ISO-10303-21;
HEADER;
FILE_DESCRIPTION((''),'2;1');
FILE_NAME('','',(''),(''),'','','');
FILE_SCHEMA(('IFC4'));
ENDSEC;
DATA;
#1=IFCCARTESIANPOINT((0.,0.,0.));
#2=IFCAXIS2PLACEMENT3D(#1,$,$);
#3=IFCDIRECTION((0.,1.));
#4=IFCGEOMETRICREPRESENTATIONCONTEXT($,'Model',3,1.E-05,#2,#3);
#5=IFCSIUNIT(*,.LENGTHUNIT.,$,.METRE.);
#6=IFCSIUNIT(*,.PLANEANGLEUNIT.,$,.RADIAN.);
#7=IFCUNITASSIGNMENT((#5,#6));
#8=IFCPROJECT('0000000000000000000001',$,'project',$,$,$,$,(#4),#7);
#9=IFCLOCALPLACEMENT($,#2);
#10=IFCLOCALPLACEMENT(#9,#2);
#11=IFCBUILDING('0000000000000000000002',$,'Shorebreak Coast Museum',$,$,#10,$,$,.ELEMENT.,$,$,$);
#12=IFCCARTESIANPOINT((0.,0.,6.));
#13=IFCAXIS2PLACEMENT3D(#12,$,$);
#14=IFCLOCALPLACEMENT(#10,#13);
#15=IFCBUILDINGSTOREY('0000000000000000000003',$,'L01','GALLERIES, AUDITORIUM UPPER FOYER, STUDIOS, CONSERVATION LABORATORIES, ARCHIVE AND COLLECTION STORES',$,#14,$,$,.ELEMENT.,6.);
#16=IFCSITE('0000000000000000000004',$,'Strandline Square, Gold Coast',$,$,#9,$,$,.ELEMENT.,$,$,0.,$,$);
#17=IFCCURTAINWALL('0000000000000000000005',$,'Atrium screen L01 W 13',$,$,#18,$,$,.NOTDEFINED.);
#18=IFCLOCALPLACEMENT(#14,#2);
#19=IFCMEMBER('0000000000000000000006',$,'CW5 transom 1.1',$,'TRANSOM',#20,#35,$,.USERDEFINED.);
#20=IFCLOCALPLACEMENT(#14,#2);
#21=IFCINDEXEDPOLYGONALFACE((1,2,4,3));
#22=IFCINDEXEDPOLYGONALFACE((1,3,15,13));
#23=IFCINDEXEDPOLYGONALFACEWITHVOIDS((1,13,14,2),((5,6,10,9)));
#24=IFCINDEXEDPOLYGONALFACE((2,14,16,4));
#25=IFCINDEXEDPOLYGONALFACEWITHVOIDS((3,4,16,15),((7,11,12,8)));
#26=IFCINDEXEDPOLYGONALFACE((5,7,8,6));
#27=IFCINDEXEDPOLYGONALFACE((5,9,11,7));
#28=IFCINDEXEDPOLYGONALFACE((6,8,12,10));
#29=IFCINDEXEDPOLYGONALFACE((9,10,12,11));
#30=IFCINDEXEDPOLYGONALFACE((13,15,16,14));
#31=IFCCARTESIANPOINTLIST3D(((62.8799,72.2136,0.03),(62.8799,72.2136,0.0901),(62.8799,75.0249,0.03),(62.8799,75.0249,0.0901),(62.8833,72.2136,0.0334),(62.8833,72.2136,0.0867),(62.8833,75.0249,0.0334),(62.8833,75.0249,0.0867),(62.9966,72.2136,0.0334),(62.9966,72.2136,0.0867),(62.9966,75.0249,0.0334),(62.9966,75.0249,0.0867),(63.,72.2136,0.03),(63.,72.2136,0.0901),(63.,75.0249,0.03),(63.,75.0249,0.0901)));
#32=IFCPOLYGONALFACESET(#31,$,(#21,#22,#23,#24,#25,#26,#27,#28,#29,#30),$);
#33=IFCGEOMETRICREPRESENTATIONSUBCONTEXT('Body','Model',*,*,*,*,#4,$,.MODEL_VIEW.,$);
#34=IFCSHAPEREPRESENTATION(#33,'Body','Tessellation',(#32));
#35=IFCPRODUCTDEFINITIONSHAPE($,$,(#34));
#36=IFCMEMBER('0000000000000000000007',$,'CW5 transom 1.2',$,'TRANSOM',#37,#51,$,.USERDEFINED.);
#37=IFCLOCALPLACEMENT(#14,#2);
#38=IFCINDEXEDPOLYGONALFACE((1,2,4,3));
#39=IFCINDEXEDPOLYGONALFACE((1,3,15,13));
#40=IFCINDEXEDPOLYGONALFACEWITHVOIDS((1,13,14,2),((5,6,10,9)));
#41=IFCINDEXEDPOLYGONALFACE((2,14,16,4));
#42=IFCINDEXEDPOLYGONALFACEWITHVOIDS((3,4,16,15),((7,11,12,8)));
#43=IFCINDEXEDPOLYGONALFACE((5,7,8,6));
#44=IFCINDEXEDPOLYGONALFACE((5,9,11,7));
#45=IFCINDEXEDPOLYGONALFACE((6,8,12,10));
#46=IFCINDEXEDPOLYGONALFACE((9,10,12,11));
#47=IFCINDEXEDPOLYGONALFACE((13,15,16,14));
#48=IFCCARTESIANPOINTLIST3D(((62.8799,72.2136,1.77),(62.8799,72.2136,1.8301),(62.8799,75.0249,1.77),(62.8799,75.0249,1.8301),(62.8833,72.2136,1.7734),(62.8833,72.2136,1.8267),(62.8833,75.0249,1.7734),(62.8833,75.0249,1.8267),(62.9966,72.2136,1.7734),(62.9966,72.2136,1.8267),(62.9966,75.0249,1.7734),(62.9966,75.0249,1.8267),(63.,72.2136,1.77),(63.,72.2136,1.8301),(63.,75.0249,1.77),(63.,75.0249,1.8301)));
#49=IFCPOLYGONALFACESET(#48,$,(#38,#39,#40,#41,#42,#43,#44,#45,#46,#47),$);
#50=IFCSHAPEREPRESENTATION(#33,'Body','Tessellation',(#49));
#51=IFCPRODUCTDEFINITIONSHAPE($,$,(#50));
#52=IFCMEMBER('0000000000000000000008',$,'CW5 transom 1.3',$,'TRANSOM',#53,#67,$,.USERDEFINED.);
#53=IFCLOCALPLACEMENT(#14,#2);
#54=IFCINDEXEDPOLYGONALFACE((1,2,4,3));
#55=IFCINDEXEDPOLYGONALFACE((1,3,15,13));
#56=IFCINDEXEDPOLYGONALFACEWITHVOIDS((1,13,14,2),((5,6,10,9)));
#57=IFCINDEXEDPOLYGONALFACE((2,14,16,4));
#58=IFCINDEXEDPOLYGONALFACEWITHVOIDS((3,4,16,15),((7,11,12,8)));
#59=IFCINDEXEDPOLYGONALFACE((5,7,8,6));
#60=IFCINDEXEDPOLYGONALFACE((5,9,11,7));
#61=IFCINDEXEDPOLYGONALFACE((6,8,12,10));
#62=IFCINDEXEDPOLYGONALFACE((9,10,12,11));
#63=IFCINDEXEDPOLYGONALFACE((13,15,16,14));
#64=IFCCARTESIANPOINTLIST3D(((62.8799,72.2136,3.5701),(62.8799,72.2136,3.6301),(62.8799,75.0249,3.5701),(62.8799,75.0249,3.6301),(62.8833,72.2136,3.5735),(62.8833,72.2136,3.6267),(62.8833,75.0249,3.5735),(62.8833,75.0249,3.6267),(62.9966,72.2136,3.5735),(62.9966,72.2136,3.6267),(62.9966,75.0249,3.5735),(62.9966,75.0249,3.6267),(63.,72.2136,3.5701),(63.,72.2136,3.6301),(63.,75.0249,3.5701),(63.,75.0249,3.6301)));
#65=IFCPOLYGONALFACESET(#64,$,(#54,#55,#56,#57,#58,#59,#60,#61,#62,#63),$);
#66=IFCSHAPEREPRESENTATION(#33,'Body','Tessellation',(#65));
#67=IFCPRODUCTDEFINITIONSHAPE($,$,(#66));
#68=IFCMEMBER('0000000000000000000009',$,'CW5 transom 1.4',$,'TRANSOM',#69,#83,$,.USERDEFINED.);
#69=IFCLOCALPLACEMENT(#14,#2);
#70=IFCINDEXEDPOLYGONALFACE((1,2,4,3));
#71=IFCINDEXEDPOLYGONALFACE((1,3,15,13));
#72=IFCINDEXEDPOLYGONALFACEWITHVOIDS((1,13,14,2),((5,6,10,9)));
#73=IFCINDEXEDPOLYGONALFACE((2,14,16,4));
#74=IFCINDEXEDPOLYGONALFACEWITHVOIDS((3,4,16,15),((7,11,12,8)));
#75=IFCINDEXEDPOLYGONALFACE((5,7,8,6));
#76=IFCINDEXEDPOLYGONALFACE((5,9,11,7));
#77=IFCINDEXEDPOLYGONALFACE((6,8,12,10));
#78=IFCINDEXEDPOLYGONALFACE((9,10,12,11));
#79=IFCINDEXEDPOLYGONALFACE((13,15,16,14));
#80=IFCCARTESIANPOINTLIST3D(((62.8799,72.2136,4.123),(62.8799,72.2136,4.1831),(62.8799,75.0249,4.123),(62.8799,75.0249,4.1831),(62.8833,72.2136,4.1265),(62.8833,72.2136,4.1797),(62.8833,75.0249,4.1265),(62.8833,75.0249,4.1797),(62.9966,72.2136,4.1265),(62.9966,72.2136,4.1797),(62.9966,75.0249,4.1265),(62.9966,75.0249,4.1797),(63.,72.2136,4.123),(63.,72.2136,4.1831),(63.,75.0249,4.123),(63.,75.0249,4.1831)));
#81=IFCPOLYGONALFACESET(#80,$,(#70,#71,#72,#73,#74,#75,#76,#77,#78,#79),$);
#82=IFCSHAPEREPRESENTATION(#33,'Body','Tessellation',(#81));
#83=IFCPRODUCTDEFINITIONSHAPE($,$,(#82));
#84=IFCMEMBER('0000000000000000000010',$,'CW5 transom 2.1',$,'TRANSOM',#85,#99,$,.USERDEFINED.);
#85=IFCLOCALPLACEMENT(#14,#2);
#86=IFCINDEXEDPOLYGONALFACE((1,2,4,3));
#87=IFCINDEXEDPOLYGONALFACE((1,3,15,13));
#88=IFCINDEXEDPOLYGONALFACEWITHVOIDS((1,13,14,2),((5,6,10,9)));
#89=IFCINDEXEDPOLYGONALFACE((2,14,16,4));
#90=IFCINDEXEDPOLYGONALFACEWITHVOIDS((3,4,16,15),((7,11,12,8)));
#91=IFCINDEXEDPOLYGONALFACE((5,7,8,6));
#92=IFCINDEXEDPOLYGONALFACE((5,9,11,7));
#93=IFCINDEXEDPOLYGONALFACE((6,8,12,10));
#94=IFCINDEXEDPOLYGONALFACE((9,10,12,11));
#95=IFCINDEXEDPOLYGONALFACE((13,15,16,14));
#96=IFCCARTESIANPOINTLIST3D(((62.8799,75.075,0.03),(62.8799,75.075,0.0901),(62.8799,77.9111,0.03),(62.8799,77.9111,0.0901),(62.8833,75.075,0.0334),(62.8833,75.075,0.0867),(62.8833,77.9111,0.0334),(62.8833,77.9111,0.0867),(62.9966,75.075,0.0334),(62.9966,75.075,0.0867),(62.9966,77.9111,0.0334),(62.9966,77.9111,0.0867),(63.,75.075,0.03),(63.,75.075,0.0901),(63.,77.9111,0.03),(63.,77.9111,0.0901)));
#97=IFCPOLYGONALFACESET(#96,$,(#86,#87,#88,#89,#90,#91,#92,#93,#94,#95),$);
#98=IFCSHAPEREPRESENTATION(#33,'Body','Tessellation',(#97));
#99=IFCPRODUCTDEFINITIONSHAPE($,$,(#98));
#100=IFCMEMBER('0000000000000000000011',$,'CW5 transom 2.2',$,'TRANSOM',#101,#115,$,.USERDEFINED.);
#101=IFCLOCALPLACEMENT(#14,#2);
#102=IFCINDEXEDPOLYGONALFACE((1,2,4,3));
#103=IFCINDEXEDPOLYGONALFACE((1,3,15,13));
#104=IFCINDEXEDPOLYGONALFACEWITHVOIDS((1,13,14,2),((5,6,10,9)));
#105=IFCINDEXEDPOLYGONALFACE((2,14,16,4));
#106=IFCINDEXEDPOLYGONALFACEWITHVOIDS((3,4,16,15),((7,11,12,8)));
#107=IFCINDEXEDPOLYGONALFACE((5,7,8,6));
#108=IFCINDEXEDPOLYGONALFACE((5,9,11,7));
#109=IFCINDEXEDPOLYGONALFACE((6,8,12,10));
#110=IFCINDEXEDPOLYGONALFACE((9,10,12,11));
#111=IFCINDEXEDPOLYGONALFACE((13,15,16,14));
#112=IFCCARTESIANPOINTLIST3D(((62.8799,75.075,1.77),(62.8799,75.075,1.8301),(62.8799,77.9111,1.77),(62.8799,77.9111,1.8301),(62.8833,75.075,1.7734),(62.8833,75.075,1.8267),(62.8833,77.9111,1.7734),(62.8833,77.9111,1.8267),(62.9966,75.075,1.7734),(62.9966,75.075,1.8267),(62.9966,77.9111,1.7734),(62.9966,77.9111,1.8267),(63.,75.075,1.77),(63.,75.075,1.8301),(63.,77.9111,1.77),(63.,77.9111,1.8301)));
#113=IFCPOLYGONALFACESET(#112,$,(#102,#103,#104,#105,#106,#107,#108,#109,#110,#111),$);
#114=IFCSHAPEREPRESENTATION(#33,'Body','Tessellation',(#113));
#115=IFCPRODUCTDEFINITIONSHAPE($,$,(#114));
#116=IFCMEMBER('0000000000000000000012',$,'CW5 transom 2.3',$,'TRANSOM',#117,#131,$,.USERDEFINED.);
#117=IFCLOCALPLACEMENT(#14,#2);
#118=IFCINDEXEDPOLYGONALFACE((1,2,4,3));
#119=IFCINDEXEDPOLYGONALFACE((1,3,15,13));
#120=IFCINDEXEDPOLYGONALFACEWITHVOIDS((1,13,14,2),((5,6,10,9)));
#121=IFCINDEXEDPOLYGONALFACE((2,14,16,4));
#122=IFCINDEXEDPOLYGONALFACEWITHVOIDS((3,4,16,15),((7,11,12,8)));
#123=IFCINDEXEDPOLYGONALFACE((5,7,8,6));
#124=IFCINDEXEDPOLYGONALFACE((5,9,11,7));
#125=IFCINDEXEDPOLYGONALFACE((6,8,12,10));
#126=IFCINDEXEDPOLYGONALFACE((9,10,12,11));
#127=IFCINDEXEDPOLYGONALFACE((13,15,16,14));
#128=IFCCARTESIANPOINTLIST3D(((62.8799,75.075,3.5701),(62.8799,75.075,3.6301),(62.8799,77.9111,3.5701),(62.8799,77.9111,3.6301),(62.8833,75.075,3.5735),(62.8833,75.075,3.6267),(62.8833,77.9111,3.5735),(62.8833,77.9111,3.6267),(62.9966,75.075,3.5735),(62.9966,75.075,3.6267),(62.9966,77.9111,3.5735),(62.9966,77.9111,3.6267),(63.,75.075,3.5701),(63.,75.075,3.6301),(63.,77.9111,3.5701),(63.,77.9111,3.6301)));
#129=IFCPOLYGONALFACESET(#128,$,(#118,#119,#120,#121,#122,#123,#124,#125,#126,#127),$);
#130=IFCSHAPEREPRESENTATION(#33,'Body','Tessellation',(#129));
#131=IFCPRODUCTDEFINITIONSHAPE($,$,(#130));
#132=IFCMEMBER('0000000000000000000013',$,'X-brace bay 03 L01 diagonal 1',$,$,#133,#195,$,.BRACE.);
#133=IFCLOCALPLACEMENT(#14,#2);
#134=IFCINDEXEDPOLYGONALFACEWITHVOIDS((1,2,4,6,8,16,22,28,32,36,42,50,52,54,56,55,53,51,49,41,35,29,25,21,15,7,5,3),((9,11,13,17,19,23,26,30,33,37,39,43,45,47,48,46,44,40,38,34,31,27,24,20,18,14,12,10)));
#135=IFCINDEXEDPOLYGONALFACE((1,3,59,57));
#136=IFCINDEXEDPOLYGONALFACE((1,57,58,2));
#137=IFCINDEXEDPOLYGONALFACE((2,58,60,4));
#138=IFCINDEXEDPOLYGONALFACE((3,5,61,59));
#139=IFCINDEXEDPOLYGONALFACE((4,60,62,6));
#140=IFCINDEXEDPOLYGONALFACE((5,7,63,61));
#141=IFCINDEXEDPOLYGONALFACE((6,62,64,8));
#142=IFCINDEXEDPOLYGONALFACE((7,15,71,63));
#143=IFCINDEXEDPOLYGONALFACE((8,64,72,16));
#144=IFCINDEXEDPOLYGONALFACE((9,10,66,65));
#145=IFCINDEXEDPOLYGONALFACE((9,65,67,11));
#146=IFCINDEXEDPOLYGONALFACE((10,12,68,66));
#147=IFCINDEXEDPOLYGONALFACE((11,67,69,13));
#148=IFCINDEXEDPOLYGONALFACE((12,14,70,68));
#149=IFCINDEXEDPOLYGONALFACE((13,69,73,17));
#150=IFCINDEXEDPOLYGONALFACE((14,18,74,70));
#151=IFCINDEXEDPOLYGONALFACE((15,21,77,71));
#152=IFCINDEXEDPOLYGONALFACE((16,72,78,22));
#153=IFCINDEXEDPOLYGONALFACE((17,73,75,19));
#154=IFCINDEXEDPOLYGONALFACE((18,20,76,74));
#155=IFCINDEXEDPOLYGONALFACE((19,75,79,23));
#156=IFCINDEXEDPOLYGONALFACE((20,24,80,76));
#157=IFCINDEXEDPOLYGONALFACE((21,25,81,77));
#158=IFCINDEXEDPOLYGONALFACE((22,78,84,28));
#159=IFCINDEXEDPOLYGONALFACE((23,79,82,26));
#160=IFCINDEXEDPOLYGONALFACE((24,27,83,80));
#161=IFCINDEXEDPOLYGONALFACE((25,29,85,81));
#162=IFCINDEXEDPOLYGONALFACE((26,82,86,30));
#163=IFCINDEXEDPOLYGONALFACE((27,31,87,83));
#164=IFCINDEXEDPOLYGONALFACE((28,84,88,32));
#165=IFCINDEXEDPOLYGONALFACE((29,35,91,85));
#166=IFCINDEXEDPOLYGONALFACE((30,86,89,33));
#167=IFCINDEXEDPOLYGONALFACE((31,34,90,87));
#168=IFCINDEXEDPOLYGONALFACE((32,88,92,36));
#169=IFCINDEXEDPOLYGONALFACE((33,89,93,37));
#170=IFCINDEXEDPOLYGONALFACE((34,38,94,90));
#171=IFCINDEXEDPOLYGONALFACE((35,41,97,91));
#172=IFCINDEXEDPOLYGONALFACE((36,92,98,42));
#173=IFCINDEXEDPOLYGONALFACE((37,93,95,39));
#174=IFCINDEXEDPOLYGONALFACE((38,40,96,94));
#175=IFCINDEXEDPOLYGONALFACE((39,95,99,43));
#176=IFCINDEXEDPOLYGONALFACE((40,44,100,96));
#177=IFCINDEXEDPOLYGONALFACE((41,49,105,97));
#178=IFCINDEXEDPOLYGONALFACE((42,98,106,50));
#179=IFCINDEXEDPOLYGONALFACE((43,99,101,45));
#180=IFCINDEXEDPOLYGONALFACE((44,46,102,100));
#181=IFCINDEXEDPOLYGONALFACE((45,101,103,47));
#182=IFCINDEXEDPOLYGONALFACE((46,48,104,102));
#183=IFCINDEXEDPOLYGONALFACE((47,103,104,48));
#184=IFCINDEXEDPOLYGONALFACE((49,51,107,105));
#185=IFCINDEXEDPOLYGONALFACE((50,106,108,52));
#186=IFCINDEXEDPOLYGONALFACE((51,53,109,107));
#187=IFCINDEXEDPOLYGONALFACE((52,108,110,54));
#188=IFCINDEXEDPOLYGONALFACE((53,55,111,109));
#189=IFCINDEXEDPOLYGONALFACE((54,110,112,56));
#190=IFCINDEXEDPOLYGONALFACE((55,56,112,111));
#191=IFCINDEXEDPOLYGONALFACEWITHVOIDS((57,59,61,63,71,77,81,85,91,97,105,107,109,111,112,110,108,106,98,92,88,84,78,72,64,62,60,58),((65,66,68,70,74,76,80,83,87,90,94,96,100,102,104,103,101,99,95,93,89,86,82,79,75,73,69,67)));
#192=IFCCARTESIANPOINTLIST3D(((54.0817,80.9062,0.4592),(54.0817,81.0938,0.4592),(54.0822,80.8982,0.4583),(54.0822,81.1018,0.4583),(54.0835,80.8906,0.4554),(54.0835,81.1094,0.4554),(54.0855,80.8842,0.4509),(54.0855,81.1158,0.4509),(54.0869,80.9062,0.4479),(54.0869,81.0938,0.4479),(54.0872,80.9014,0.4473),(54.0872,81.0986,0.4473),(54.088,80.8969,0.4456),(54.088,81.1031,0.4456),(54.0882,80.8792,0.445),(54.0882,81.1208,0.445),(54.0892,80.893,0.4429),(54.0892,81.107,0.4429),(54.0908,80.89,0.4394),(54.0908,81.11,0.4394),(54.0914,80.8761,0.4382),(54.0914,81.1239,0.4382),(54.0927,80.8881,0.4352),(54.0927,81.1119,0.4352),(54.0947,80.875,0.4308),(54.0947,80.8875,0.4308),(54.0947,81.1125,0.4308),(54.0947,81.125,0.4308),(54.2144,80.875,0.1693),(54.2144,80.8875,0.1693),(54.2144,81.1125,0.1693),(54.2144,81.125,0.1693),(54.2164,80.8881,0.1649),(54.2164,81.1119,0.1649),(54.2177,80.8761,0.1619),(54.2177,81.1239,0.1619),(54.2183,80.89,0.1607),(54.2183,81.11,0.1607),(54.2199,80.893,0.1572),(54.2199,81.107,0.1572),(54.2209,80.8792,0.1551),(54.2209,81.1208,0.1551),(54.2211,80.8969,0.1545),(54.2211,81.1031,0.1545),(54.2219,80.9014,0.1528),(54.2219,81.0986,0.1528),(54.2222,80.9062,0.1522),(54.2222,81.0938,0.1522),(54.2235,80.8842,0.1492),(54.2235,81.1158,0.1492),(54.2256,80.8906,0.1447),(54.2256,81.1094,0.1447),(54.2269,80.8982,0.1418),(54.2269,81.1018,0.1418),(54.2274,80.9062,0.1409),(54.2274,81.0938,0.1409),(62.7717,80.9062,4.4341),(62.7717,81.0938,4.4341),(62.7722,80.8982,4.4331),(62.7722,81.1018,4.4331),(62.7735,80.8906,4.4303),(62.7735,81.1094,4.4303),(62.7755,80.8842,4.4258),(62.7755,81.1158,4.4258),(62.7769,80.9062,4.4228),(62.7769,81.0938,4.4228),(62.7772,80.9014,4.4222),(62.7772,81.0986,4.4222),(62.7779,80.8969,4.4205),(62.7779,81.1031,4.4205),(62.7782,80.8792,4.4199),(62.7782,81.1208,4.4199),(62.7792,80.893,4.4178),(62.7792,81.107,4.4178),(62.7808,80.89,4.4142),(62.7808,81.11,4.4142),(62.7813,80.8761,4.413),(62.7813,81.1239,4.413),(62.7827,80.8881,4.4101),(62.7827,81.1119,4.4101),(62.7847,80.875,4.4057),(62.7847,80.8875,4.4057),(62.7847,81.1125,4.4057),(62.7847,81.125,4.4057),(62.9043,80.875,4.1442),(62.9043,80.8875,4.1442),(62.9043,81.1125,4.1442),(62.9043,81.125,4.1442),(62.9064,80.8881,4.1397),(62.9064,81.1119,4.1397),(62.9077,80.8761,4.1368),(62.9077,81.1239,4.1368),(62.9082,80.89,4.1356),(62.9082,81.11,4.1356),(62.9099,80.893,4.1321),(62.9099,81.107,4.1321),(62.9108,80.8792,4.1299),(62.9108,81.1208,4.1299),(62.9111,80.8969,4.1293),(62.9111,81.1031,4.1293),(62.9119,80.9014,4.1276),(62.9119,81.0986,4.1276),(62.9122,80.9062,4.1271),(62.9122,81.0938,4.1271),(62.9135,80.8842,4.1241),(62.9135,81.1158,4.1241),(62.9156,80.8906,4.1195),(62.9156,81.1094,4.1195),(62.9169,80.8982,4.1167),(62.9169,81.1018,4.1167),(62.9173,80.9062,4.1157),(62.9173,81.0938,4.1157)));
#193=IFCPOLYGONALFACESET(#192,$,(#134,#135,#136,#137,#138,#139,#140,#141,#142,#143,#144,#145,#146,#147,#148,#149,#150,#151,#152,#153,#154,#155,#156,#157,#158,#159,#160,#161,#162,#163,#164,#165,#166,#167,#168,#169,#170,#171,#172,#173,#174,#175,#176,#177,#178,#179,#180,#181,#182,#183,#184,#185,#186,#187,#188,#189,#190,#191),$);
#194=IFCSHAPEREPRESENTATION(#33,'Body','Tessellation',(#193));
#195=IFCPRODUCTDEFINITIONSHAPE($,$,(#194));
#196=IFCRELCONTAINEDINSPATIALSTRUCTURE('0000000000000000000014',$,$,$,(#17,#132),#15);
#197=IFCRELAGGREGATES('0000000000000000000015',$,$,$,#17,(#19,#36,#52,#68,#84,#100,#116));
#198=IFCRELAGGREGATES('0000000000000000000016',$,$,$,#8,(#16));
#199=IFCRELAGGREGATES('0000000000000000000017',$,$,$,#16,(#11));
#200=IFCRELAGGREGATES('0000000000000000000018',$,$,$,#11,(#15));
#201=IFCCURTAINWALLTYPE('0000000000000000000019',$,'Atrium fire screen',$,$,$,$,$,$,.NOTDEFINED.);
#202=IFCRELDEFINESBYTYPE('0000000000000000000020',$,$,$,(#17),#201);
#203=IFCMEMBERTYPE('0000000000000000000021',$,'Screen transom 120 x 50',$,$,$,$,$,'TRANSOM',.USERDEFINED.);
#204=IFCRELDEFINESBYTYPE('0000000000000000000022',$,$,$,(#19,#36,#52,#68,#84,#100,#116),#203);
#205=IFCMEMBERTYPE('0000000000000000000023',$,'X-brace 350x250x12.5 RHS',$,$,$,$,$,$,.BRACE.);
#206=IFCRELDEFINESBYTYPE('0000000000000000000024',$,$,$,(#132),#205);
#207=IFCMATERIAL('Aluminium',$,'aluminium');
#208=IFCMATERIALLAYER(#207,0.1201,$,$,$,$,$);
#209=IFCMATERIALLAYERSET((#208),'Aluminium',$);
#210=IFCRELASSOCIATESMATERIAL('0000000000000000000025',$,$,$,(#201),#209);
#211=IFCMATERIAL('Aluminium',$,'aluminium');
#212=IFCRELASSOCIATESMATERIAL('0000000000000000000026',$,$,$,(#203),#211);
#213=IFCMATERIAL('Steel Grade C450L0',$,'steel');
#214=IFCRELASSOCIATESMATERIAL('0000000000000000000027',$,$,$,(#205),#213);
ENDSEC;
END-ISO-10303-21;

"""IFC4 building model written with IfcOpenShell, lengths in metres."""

from ifc_helpers import new_model, si_unit, direction, frame, origin, origin_2d, place, context, subcontext, project, spatial, hollow_rectangle, extrude, material, layer, layer_set, material_profile, profile_set, type_object, element, aggregate, save


model = new_model("IFC4")

# Units and contexts
model_context = context("Model", 3, precision=1e-05, world=origin(), true_north=direction((0.0, 1.0)))
body_context = subcontext(model_context, "Body", "Model", "MODEL_VIEW")
ifc_project = project(units=[si_unit("LENGTHUNIT", "METRE"), si_unit("PLANEANGLEUNIT", "RADIAN")], contexts=[model_context])

# Site, building, storey
site_placement = place(None, origin())
site = spatial("IfcSite", under=ifc_project, at=site_placement, Name="Strandline Square, Gold Coast", CompositionType="ELEMENT", RefElevation=0.0)
building_placement = place(site_placement, origin())
building = spatial("IfcBuilding", under=site, at=building_placement, Name="Shorebreak Coast Museum", CompositionType="ELEMENT")
storey_placement = place(building_placement, frame((0.0, 0.0, 6.0)))
storey = spatial("IfcBuildingStorey", under=building, at=storey_placement, Name="L01", Description="GALLERIES, AUDITORIUM UPPER FOYER, STUDIOS, CONSERVATION LABORATORIES, ARCHIVE AND COLLECTION STORES", CompositionType="ELEMENT", Elevation=6.0)

# Curtain wall, members
ifc_material_1 = material(Name="Aluminium", Category="aluminium")
ifc_layer_1 = layer(ifc_material_1, 0.1201)
ifc_layer_set_1 = layer_set([ifc_layer_1], Name="Aluminium")
curtain_wall_type = type_object("IfcCurtainWallType", Name="Atrium fire screen", PredefinedType="NOTDEFINED", material=ifc_layer_set_1)
curtain_wall_placement = place(storey_placement, origin())
curtain_wall = element("IfcCurtainWall", 1, at=curtain_wall_placement, inside=storey, type_object=curtain_wall_type, Name="Atrium screen L01 W 13", PredefinedType="NOTDEFINED")
ifc_material_2 = material(Name="Aluminium", Category="aluminium")
ifc_material_profile_1 = material_profile(ifc_material_2, hollow_rectangle(XDim=0.1201, YDim=0.0601, WallThickness=0.0034, at=origin_2d()), Name="AL 60x120 RHS")
ifc_profile_set_1 = profile_set([ifc_material_profile_1], Name="Aluminium")
member_type_1 = type_object("IfcMemberType", Name="Screen transom 120 x 50", ElementType="TRANSOM", PredefinedType="USERDEFINED", material=ifc_profile_set_1)
member_1_placement = place(storey_placement, frame((62.9399, 72.2136, 0.0601), z_axis=(0.0, 1.0, 0.0), x_axis=(-1.0, 0.0, 0.0)))
member_1 = element("IfcMember", 2, at=member_1_placement, type_object=member_type_1, Name="CW5 transom 1.1", ObjectType="TRANSOM", PredefinedType="USERDEFINED", context=body_context, shape_type="SweptSolid", body=[
    extrude(hollow_rectangle(XDim=0.1201, YDim=0.0601, WallThickness=0.0034, at=origin_2d()), origin(), (0.0, 0.0, 1.0), 2.8113),
])
member_2_placement = place(storey_placement, frame((62.9399, 72.2136, 1.8), z_axis=(0.0, 1.0, 0.0), x_axis=(-1.0, 0.0, 0.0)))
member_2 = element("IfcMember", 3, at=member_2_placement, type_object=member_type_1, Name="CW5 transom 1.2", ObjectType="TRANSOM", PredefinedType="USERDEFINED", context=body_context, shape_type="SweptSolid", body=[
    extrude(hollow_rectangle(XDim=0.1201, YDim=0.0601, WallThickness=0.0034, at=origin_2d()), origin(), (0.0, 0.0, 1.0), 2.8113),
])
member_3_placement = place(storey_placement, frame((62.9399, 72.2136, 3.6001), z_axis=(0.0, 1.0, 0.0), x_axis=(-1.0, 0.0, 0.0)))
member_3 = element("IfcMember", 4, at=member_3_placement, type_object=member_type_1, Name="CW5 transom 1.3", ObjectType="TRANSOM", PredefinedType="USERDEFINED", context=body_context, shape_type="SweptSolid", body=[
    extrude(hollow_rectangle(XDim=0.1201, YDim=0.0601, WallThickness=0.0034, at=origin_2d()), origin(), (0.0, 0.0, 1.0), 2.8113),
])
member_4_placement = place(storey_placement, frame((62.9399, 72.2136, 4.1531), z_axis=(0.0, 1.0, 0.0), x_axis=(-1.0, 0.0, 0.0)))
member_4 = element("IfcMember", 5, at=member_4_placement, type_object=member_type_1, Name="CW5 transom 1.4", ObjectType="TRANSOM", PredefinedType="USERDEFINED", context=body_context, shape_type="SweptSolid", body=[
    extrude(hollow_rectangle(XDim=0.1201, YDim=0.0601, WallThickness=0.0034, at=origin_2d()), origin(), (0.0, 0.0, 1.0), 2.8113),
])
member_5_placement = place(storey_placement, frame((62.9399, 75.075, 0.0601), z_axis=(0.0, 1.0, 0.0), x_axis=(-1.0, 0.0, 0.0)))
member_5 = element("IfcMember", 6, at=member_5_placement, type_object=member_type_1, Name="CW5 transom 2.1", ObjectType="TRANSOM", PredefinedType="USERDEFINED", context=body_context, shape_type="SweptSolid", body=[
    extrude(hollow_rectangle(XDim=0.1201, YDim=0.0601, WallThickness=0.0034, at=origin_2d()), origin(), (0.0, 0.0, 1.0), 2.8362),
])
member_6_placement = place(storey_placement, frame((62.9399, 75.075, 1.8), z_axis=(0.0, 1.0, 0.0), x_axis=(-1.0, 0.0, 0.0)))
member_6 = element("IfcMember", 7, at=member_6_placement, type_object=member_type_1, Name="CW5 transom 2.2", ObjectType="TRANSOM", PredefinedType="USERDEFINED", context=body_context, shape_type="SweptSolid", body=[
    extrude(hollow_rectangle(XDim=0.1201, YDim=0.0601, WallThickness=0.0034, at=origin_2d()), origin(), (0.0, 0.0, 1.0), 2.8362),
])
member_7_placement = place(storey_placement, frame((62.9399, 75.075, 3.6001), z_axis=(0.0, 1.0, 0.0), x_axis=(-1.0, 0.0, 0.0)))
member_7 = element("IfcMember", 8, at=member_7_placement, type_object=member_type_1, Name="CW5 transom 2.3", ObjectType="TRANSOM", PredefinedType="USERDEFINED", context=body_context, shape_type="SweptSolid", body=[
    extrude(hollow_rectangle(XDim=0.1201, YDim=0.0601, WallThickness=0.0034, at=origin_2d()), origin(), (0.0, 0.0, 1.0), 2.8362),
])

# Member
ifc_material_3 = material(Name="Steel Grade C450L0", Category="steel")
ifc_material_profile_2 = material_profile(ifc_material_3, hollow_rectangle(XDim=0.25, YDim=0.3501, WallThickness=0.0125, InnerFilletRadius=0.0188, OuterFilletRadius=0.0312, at=origin_2d()), Name="350x250x12.5 RHS")
ifc_profile_set_2 = profile_set([ifc_material_profile_2], Name="Steel Grade C450L0")
member_type_2 = type_object("IfcMemberType", Name="X-brace 350x250x12.5 RHS", PredefinedType="BRACE", material=ifc_profile_set_2)
member_8_placement = place(storey_placement, frame((54.1545, 81.0, 0.3), z_axis=(0.909383, 0.0, 0.41596), x_axis=(0.0, 1.0, 0.0)))
element("IfcMember", 9, at=member_8_placement, inside=storey, type_object=member_type_2, Name="X-brace bay 03 L01 diagonal 1", PredefinedType="BRACE", context=body_context, shape_type="SweptSolid", body=[
    extrude(hollow_rectangle(XDim=0.25, YDim=0.3501, WallThickness=0.0125, InnerFilletRadius=0.0188, OuterFilletRadius=0.0312, at=origin_2d()), origin(), (0.0, 0.0, 1.0), 9.5559),
])

aggregate(curtain_wall, [member_1, member_2, member_3, member_4, member_5, member_6, member_7])

save(model, "model.ifc")
